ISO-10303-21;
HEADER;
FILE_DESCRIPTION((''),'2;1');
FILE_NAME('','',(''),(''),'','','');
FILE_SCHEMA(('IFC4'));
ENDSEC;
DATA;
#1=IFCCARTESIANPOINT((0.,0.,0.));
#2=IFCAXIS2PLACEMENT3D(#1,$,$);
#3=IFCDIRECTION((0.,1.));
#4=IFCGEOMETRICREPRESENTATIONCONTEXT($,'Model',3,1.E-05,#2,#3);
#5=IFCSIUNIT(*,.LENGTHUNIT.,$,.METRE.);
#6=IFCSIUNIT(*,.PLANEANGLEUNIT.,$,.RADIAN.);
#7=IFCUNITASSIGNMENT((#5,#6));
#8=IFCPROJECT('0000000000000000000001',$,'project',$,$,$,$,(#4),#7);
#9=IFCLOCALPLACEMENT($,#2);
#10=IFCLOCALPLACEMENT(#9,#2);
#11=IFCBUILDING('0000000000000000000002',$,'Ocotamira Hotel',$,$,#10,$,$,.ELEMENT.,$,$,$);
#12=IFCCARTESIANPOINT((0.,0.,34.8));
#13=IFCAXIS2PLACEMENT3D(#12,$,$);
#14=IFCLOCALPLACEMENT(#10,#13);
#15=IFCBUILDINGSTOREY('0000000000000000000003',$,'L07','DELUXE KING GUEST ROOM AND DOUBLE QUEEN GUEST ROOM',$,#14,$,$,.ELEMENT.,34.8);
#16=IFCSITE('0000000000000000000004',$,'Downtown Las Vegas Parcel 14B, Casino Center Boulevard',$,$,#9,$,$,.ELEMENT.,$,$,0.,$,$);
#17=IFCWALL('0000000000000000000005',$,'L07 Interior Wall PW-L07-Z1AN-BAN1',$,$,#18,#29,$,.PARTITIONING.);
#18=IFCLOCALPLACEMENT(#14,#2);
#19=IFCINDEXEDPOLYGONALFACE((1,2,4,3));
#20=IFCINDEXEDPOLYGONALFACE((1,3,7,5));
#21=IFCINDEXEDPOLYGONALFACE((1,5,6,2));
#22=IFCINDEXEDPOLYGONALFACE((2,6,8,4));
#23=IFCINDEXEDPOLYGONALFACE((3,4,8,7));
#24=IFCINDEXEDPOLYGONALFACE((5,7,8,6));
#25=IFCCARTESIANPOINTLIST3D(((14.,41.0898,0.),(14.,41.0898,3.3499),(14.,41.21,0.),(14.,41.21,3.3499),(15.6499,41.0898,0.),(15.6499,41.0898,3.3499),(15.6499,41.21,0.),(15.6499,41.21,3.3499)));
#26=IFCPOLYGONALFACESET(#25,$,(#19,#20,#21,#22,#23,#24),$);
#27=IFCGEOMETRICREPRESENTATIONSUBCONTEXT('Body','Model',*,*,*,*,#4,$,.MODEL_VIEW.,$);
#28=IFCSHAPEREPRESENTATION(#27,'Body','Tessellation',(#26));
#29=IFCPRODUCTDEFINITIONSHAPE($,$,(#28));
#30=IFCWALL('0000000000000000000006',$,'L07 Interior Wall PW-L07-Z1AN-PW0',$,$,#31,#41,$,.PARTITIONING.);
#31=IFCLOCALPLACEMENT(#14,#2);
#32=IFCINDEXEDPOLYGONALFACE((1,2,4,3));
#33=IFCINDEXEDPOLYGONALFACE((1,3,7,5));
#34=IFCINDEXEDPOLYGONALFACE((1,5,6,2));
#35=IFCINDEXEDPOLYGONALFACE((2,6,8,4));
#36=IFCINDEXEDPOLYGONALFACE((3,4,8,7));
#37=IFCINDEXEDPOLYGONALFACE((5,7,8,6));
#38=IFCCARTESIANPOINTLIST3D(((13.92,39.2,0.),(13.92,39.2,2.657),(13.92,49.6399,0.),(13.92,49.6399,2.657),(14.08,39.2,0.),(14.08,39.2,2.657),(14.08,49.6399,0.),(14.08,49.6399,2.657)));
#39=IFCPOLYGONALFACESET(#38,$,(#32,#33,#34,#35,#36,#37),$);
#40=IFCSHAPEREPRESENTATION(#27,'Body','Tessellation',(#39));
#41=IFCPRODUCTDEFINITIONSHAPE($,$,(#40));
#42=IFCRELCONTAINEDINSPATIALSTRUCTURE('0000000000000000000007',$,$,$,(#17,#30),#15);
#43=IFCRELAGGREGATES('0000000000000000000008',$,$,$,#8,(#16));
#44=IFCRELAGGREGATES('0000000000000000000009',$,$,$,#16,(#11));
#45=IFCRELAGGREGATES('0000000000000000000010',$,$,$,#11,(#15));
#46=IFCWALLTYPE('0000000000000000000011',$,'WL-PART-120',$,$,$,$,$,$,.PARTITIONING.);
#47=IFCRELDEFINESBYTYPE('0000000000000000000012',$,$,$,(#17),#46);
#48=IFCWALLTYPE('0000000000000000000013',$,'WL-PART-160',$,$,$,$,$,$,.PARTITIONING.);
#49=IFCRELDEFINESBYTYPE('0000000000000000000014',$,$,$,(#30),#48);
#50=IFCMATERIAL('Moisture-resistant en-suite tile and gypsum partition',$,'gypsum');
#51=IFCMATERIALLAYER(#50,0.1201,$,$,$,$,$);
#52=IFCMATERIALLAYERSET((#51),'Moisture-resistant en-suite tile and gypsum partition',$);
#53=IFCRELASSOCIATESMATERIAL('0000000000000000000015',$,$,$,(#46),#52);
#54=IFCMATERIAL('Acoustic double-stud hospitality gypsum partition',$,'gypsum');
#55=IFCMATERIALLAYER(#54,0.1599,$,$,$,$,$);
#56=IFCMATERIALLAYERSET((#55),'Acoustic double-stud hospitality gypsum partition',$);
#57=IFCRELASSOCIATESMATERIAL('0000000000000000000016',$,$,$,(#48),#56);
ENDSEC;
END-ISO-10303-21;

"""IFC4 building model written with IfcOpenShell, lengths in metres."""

from ifc_helpers import new_model, si_unit, direction, frame, frame_2d, origin, place, context, subcontext, project, spatial, rectangle, extrude, material, layer, layer_set, type_object, element, save


model = new_model("IFC4")

# Units and contexts
model_context = context("Model", 3, precision=1e-05, world=origin(), true_north=direction((0.0, 1.0)))
body_context = subcontext(model_context, "Body", "Model", "MODEL_VIEW")
ifc_project = project(units=[si_unit("LENGTHUNIT", "METRE"), si_unit("PLANEANGLEUNIT", "RADIAN")], contexts=[model_context])

# Site, building, storey
site_placement = place(None, origin())
site = spatial("IfcSite", under=ifc_project, at=site_placement, Name="Downtown Las Vegas Parcel 14B, Casino Center Boulevard", CompositionType="ELEMENT", RefElevation=0.0)
building_placement = place(site_placement, origin())
building = spatial("IfcBuilding", under=site, at=building_placement, Name="Ocotamira Hotel", CompositionType="ELEMENT")
storey_placement = place(building_placement, frame((0.0, 0.0, 34.8)))
storey = spatial("IfcBuildingStorey", under=building, at=storey_placement, Name="L07", Description="DELUXE KING GUEST ROOM AND DOUBLE QUEEN GUEST ROOM", CompositionType="ELEMENT", Elevation=34.8)

# Shared definitions
ifc_material_1 = material(Name="Moisture-resistant en-suite tile and gypsum partition", Category="gypsum")
ifc_layer_1 = layer(ifc_material_1, 0.1201)
ifc_layer_set_1 = layer_set([ifc_layer_1], Name="Moisture-resistant en-suite tile and gypsum partition")
wall_type_1 = type_object("IfcWallType", Name="WL-PART-120", PredefinedType="PARTITIONING", material=ifc_layer_set_1)

# Walls
wall_1_placement = place(storey_placement, frame((14.0, 41.1499, 0.0), z_axis=(0.0, 0.0, 1.0), x_axis=(1.0, 0.0, 0.0)))
element("IfcWall", 1, at=wall_1_placement, inside=storey, type_object=wall_type_1, Name="L07 Interior Wall PW-L07-Z1AN-BAN1", PredefinedType="PARTITIONING", context=body_context, shape_type="SweptSolid", body=[
    extrude(rectangle(XDim=1.6499, YDim=0.1201, at=frame_2d((0.825, 0.0))), origin(), (0.0, 0.0, 1.0), 3.3499),
])
ifc_material_2 = material(Name="Acoustic double-stud hospitality gypsum partition", Category="gypsum")
ifc_layer_2 = layer(ifc_material_2, 0.1599)
ifc_layer_set_2 = layer_set([ifc_layer_2], Name="Acoustic double-stud hospitality gypsum partition")
wall_type_2 = type_object("IfcWallType", Name="WL-PART-160", PredefinedType="PARTITIONING", material=ifc_layer_set_2)
wall_2_placement = place(storey_placement, frame((14.0, 39.2, 0.0), z_axis=(0.0, 0.0, 1.0), x_axis=(0.0, 1.0, 0.0)))
element("IfcWall", 2, at=wall_2_placement, inside=storey, type_object=wall_type_2, Name="L07 Interior Wall PW-L07-Z1AN-PW0", PredefinedType="PARTITIONING", context=body_context, shape_type="SweptSolid", body=[
    extrude(rectangle(XDim=10.4399, YDim=0.1599, at=frame_2d((5.22, 0.0))), origin(), (0.0, 0.0, 1.0), 2.657),
])

save(model, "model.ifc")
